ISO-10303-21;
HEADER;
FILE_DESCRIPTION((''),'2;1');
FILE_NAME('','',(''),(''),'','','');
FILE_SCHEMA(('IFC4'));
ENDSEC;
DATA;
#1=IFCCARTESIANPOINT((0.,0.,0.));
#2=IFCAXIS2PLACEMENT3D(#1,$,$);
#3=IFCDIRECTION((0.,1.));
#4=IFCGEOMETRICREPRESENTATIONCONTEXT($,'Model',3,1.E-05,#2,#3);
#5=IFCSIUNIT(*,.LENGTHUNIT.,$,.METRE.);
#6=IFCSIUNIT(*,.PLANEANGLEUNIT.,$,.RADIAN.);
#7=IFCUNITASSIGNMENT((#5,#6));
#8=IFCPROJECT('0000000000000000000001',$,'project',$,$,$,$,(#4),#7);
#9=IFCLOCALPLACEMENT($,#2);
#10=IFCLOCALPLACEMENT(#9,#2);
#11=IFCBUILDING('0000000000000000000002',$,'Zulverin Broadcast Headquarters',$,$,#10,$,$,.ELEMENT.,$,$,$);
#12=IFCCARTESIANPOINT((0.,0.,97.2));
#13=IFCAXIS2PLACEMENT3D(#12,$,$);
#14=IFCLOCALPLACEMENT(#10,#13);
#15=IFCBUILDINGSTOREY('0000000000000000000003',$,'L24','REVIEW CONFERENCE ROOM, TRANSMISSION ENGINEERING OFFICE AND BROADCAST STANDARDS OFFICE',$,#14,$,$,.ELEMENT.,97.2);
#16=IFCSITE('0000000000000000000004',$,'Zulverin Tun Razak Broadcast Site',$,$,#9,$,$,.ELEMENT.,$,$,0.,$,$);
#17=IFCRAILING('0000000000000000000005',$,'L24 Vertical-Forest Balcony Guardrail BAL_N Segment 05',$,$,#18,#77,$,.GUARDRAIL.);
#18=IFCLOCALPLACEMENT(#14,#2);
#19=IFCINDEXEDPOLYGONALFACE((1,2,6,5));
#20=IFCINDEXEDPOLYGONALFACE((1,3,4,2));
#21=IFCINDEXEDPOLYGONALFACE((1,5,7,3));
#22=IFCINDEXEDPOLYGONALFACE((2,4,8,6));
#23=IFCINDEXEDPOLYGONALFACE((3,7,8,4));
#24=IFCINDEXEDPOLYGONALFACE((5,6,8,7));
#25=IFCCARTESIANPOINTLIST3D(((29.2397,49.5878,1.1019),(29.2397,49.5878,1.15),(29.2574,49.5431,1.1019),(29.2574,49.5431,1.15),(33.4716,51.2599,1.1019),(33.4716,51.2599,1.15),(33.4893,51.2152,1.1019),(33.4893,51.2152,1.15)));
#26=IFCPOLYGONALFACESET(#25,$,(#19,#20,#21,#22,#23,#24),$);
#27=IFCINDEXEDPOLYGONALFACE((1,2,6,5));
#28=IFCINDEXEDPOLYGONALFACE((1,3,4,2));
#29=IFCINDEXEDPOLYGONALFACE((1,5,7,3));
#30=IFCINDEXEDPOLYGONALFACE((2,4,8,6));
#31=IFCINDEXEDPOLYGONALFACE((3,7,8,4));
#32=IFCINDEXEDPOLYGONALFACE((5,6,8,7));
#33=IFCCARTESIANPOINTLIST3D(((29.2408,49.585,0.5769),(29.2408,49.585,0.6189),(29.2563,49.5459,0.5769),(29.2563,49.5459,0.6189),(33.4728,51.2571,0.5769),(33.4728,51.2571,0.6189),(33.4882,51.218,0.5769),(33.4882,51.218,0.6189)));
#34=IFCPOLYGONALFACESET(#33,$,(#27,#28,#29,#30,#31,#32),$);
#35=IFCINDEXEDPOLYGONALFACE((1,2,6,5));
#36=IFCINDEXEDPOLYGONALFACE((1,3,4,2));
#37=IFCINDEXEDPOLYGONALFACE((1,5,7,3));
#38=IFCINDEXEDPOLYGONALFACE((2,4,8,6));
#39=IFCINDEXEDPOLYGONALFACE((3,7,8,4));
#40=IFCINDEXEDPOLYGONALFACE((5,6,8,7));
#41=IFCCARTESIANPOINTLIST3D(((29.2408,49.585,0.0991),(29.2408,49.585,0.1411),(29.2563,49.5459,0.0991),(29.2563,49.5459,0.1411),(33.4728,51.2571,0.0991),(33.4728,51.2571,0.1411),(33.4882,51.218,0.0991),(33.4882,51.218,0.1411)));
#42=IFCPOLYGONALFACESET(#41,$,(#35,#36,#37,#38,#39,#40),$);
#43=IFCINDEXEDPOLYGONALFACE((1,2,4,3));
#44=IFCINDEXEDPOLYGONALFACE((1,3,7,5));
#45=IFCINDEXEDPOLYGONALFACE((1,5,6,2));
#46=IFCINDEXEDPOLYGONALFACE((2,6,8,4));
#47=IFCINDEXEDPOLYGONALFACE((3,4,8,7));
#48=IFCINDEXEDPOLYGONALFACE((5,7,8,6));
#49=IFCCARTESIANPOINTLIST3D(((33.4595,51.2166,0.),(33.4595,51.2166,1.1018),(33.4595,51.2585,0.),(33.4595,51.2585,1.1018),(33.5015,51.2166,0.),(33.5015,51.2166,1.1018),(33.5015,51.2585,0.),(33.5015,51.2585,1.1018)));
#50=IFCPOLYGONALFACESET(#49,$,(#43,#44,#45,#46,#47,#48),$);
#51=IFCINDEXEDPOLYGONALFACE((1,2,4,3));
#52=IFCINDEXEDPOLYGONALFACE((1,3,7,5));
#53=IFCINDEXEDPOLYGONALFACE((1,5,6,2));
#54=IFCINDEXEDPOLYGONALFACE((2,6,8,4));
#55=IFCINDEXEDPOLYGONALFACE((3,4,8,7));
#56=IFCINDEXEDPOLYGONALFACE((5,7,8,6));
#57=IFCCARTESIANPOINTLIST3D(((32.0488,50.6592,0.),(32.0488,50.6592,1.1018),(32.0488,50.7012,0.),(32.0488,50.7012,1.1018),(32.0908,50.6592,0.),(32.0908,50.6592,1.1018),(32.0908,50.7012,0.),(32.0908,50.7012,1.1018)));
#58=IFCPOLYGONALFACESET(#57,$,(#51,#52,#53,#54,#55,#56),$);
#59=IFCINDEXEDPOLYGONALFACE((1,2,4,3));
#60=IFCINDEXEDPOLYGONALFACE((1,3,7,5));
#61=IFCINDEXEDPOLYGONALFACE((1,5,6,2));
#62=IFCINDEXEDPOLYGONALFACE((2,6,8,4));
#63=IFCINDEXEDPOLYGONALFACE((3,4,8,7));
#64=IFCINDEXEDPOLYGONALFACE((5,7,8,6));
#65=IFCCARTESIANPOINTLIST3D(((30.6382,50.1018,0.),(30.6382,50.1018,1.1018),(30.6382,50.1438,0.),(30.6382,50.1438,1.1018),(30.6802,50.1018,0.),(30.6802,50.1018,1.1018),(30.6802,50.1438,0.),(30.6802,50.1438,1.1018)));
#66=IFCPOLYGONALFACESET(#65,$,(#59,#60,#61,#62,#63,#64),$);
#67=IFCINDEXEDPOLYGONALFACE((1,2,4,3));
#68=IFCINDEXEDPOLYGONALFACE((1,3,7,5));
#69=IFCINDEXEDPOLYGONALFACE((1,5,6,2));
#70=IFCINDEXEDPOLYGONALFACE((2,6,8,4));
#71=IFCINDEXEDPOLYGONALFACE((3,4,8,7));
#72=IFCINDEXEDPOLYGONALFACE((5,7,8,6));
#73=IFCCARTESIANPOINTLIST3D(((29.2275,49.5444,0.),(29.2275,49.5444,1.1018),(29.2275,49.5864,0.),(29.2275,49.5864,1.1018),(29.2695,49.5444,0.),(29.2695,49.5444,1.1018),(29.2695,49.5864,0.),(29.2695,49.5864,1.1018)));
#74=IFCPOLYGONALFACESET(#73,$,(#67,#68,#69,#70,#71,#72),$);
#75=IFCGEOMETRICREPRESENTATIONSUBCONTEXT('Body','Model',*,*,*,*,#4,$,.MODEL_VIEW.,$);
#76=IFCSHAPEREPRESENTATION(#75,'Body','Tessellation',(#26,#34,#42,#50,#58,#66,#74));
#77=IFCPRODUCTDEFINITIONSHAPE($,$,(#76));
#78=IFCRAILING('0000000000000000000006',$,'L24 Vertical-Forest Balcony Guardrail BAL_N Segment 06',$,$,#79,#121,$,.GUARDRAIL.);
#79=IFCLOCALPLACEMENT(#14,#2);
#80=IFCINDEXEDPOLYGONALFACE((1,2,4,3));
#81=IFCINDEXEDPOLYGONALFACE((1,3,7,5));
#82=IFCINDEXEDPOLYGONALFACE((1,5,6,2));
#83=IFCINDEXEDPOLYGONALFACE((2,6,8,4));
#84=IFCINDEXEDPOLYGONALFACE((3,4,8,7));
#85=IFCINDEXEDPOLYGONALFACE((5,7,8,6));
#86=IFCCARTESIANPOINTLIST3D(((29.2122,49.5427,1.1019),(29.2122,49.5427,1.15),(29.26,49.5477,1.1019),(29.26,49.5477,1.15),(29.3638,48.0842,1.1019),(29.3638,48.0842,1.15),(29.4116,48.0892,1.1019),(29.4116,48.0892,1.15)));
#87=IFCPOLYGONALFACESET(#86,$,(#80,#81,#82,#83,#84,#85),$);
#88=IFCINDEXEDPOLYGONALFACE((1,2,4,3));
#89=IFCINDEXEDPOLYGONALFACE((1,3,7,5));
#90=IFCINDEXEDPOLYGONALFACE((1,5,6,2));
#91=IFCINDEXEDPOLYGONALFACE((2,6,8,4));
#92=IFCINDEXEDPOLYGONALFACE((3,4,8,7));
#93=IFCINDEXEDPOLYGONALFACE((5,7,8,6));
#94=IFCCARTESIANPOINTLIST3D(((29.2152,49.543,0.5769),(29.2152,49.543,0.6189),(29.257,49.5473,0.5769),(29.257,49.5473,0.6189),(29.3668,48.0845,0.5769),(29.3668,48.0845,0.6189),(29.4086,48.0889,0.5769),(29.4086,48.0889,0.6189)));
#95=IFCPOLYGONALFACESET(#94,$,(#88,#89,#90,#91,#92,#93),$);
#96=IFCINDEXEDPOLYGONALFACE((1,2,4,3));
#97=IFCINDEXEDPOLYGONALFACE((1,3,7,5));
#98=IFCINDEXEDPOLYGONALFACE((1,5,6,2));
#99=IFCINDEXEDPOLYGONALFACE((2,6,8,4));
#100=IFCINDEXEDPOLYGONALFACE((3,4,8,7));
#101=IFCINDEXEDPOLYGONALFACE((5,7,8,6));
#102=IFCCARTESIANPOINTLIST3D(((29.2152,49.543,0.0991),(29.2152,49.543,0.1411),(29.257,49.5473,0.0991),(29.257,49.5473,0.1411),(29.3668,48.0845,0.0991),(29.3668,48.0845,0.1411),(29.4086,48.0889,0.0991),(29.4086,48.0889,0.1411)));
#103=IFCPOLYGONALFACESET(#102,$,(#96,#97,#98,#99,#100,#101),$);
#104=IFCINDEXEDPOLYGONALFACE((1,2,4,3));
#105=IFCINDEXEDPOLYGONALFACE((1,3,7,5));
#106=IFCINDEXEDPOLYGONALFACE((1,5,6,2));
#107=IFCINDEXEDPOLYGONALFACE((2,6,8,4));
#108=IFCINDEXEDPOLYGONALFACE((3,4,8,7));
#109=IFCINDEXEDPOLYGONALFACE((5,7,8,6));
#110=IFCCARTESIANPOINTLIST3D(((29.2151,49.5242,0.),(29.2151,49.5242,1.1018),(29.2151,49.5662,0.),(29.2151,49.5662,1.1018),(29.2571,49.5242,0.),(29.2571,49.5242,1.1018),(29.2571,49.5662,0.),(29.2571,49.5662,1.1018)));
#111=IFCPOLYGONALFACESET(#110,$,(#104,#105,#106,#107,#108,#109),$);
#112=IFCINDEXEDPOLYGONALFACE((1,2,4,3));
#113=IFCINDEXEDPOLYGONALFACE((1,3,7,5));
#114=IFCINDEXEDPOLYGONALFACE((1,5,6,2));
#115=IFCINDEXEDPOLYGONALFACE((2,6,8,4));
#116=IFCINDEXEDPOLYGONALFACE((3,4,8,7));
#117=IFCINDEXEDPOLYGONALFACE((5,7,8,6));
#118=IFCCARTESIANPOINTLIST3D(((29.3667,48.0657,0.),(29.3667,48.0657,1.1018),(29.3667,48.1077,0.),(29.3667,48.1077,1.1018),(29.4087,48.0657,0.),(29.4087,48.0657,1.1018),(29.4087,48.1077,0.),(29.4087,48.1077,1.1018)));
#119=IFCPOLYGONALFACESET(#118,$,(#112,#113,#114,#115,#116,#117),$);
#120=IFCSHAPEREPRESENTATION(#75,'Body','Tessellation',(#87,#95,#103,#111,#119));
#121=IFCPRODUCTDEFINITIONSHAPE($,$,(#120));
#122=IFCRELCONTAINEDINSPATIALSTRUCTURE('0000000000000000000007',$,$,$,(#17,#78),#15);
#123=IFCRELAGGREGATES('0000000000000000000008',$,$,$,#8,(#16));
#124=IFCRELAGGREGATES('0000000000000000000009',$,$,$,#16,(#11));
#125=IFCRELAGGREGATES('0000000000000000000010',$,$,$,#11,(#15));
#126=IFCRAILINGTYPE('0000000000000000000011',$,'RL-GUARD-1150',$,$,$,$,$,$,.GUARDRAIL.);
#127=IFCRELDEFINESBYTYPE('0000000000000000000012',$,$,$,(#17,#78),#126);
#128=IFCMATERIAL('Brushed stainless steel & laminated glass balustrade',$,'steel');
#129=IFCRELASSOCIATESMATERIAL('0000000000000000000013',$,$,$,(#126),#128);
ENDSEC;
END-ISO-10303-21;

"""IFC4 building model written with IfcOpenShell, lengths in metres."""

from ifc_helpers import new_model, si_unit, direction, frame, origin, origin_2d, place, context, subcontext, project, spatial, rectangle, extrude, material, type_object, element, save


model = new_model("IFC4")

# Units and contexts
model_context = context("Model", 3, precision=1e-05, world=origin(), true_north=direction((0.0, 1.0)))
body_context = subcontext(model_context, "Body", "Model", "MODEL_VIEW")
ifc_project = project(units=[si_unit("LENGTHUNIT", "METRE"), si_unit("PLANEANGLEUNIT", "RADIAN")], contexts=[model_context])

# Site, building, storey
site_placement = place(None, origin())
site = spatial("IfcSite", under=ifc_project, at=site_placement, Name="Zulverin Tun Razak Broadcast Site", CompositionType="ELEMENT", RefElevation=0.0)
building_placement = place(site_placement, origin())
building = spatial("IfcBuilding", under=site, at=building_placement, Name="Zulverin Broadcast Headquarters", CompositionType="ELEMENT")
storey_placement = place(building_placement, frame((0.0, 0.0, 97.2)))
storey = spatial("IfcBuildingStorey", under=building, at=storey_placement, Name="L24", Description="REVIEW CONFERENCE ROOM, TRANSMISSION ENGINEERING OFFICE AND BROADCAST STANDARDS OFFICE", CompositionType="ELEMENT", Elevation=97.2)

# Railings
ifc_material_1 = material(Name="Brushed stainless steel & laminated glass balustrade", Category="steel")
railing_type = type_object("IfcRailingType", Name="RL-GUARD-1150", PredefinedType="GUARDRAIL", material=ifc_material_1)
railing_1_placement = place(storey_placement, frame((33.4805, 51.2375, 0.0)))
element("IfcRailing", 1, at=railing_1_placement, inside=storey, type_object=railing_type, Name="L24 Vertical-Forest Balcony Guardrail BAL_N Segment 05", PredefinedType="GUARDRAIL", context=body_context, shape_type="SweptSolid", body=[
    extrude(rectangle(XDim=0.0481, YDim=0.0481, at=origin_2d()), frame((0.0, 0.0, 1.126), z_axis=(-0.930034, -0.367474, 0.0), x_axis=(0.367474, -0.930034, 0.0)), (0.0, 0.0, 1.0), 4.5503),
    extrude(rectangle(XDim=0.042, YDim=0.042, at=origin_2d()), frame((0.0, 0.0, 0.5979), z_axis=(-0.930034, -0.367474, 0.0), x_axis=(0.367474, -0.930034, 0.0)), (0.0, 0.0, 1.0), 4.5503),
    extrude(rectangle(XDim=0.042, YDim=0.042, at=origin_2d()), frame((0.0, 0.0, 0.1201), z_axis=(-0.930034, -0.367474, 0.0), x_axis=(0.367474, -0.930034, 0.0)), (0.0, 0.0, 1.0), 4.5503),
    extrude(rectangle(XDim=0.042, YDim=0.042, at=origin_2d()), origin(), (0.0, 0.0, 1.0), 1.1018),
    extrude(rectangle(XDim=0.042, YDim=0.042, at=origin_2d()), frame((-1.4106, -0.5574, 0.0)), (0.0, 0.0, 1.0), 1.1018),
    extrude(rectangle(XDim=0.042, YDim=0.042, at=origin_2d()), frame((-2.8213, -1.1147, 0.0)), (0.0, 0.0, 1.0), 1.1018),
    extrude(rectangle(XDim=0.042, YDim=0.042, at=origin_2d()), frame((-4.2319, -1.6721, 0.0)), (0.0, 0.0, 1.0), 1.1018),
])
railing_2_placement = place(storey_placement, frame((29.2361, 49.5452, 0.0)))
element("IfcRailing", 2, at=railing_2_placement, inside=storey, type_object=railing_type, Name="L24 Vertical-Forest Balcony Guardrail BAL_N Segment 06", PredefinedType="GUARDRAIL", context=body_context, shape_type="SweptSolid", body=[
    extrude(rectangle(XDim=0.0481, YDim=0.0481, at=origin_2d()), frame((0.0, 0.0, 1.126), z_axis=(0.103393, -0.994641, 0.0), x_axis=(0.994641, 0.103393, 0.0)), (0.0, 0.0, 1.0), 1.4663),
    extrude(rectangle(XDim=0.042, YDim=0.042, at=origin_2d()), frame((0.0, 0.0, 0.5979), z_axis=(0.103393, -0.994641, 0.0), x_axis=(0.994641, 0.103393, 0.0)), (0.0, 0.0, 1.0), 1.4663),
    extrude(rectangle(XDim=0.042, YDim=0.042, at=origin_2d()), frame((0.0, 0.0, 0.1201), z_axis=(0.103393, -0.994641, 0.0), x_axis=(0.994641, 0.103393, 0.0)), (0.0, 0.0, 1.0), 1.4663),
    extrude(rectangle(XDim=0.042, YDim=0.042, at=origin_2d()), origin(), (0.0, 0.0, 1.0), 1.1018),
    extrude(rectangle(XDim=0.042, YDim=0.042, at=origin_2d()), frame((0.1516, -1.4585, 0.0)), (0.0, 0.0, 1.0), 1.1018),
])

save(model, "model.ifc")
